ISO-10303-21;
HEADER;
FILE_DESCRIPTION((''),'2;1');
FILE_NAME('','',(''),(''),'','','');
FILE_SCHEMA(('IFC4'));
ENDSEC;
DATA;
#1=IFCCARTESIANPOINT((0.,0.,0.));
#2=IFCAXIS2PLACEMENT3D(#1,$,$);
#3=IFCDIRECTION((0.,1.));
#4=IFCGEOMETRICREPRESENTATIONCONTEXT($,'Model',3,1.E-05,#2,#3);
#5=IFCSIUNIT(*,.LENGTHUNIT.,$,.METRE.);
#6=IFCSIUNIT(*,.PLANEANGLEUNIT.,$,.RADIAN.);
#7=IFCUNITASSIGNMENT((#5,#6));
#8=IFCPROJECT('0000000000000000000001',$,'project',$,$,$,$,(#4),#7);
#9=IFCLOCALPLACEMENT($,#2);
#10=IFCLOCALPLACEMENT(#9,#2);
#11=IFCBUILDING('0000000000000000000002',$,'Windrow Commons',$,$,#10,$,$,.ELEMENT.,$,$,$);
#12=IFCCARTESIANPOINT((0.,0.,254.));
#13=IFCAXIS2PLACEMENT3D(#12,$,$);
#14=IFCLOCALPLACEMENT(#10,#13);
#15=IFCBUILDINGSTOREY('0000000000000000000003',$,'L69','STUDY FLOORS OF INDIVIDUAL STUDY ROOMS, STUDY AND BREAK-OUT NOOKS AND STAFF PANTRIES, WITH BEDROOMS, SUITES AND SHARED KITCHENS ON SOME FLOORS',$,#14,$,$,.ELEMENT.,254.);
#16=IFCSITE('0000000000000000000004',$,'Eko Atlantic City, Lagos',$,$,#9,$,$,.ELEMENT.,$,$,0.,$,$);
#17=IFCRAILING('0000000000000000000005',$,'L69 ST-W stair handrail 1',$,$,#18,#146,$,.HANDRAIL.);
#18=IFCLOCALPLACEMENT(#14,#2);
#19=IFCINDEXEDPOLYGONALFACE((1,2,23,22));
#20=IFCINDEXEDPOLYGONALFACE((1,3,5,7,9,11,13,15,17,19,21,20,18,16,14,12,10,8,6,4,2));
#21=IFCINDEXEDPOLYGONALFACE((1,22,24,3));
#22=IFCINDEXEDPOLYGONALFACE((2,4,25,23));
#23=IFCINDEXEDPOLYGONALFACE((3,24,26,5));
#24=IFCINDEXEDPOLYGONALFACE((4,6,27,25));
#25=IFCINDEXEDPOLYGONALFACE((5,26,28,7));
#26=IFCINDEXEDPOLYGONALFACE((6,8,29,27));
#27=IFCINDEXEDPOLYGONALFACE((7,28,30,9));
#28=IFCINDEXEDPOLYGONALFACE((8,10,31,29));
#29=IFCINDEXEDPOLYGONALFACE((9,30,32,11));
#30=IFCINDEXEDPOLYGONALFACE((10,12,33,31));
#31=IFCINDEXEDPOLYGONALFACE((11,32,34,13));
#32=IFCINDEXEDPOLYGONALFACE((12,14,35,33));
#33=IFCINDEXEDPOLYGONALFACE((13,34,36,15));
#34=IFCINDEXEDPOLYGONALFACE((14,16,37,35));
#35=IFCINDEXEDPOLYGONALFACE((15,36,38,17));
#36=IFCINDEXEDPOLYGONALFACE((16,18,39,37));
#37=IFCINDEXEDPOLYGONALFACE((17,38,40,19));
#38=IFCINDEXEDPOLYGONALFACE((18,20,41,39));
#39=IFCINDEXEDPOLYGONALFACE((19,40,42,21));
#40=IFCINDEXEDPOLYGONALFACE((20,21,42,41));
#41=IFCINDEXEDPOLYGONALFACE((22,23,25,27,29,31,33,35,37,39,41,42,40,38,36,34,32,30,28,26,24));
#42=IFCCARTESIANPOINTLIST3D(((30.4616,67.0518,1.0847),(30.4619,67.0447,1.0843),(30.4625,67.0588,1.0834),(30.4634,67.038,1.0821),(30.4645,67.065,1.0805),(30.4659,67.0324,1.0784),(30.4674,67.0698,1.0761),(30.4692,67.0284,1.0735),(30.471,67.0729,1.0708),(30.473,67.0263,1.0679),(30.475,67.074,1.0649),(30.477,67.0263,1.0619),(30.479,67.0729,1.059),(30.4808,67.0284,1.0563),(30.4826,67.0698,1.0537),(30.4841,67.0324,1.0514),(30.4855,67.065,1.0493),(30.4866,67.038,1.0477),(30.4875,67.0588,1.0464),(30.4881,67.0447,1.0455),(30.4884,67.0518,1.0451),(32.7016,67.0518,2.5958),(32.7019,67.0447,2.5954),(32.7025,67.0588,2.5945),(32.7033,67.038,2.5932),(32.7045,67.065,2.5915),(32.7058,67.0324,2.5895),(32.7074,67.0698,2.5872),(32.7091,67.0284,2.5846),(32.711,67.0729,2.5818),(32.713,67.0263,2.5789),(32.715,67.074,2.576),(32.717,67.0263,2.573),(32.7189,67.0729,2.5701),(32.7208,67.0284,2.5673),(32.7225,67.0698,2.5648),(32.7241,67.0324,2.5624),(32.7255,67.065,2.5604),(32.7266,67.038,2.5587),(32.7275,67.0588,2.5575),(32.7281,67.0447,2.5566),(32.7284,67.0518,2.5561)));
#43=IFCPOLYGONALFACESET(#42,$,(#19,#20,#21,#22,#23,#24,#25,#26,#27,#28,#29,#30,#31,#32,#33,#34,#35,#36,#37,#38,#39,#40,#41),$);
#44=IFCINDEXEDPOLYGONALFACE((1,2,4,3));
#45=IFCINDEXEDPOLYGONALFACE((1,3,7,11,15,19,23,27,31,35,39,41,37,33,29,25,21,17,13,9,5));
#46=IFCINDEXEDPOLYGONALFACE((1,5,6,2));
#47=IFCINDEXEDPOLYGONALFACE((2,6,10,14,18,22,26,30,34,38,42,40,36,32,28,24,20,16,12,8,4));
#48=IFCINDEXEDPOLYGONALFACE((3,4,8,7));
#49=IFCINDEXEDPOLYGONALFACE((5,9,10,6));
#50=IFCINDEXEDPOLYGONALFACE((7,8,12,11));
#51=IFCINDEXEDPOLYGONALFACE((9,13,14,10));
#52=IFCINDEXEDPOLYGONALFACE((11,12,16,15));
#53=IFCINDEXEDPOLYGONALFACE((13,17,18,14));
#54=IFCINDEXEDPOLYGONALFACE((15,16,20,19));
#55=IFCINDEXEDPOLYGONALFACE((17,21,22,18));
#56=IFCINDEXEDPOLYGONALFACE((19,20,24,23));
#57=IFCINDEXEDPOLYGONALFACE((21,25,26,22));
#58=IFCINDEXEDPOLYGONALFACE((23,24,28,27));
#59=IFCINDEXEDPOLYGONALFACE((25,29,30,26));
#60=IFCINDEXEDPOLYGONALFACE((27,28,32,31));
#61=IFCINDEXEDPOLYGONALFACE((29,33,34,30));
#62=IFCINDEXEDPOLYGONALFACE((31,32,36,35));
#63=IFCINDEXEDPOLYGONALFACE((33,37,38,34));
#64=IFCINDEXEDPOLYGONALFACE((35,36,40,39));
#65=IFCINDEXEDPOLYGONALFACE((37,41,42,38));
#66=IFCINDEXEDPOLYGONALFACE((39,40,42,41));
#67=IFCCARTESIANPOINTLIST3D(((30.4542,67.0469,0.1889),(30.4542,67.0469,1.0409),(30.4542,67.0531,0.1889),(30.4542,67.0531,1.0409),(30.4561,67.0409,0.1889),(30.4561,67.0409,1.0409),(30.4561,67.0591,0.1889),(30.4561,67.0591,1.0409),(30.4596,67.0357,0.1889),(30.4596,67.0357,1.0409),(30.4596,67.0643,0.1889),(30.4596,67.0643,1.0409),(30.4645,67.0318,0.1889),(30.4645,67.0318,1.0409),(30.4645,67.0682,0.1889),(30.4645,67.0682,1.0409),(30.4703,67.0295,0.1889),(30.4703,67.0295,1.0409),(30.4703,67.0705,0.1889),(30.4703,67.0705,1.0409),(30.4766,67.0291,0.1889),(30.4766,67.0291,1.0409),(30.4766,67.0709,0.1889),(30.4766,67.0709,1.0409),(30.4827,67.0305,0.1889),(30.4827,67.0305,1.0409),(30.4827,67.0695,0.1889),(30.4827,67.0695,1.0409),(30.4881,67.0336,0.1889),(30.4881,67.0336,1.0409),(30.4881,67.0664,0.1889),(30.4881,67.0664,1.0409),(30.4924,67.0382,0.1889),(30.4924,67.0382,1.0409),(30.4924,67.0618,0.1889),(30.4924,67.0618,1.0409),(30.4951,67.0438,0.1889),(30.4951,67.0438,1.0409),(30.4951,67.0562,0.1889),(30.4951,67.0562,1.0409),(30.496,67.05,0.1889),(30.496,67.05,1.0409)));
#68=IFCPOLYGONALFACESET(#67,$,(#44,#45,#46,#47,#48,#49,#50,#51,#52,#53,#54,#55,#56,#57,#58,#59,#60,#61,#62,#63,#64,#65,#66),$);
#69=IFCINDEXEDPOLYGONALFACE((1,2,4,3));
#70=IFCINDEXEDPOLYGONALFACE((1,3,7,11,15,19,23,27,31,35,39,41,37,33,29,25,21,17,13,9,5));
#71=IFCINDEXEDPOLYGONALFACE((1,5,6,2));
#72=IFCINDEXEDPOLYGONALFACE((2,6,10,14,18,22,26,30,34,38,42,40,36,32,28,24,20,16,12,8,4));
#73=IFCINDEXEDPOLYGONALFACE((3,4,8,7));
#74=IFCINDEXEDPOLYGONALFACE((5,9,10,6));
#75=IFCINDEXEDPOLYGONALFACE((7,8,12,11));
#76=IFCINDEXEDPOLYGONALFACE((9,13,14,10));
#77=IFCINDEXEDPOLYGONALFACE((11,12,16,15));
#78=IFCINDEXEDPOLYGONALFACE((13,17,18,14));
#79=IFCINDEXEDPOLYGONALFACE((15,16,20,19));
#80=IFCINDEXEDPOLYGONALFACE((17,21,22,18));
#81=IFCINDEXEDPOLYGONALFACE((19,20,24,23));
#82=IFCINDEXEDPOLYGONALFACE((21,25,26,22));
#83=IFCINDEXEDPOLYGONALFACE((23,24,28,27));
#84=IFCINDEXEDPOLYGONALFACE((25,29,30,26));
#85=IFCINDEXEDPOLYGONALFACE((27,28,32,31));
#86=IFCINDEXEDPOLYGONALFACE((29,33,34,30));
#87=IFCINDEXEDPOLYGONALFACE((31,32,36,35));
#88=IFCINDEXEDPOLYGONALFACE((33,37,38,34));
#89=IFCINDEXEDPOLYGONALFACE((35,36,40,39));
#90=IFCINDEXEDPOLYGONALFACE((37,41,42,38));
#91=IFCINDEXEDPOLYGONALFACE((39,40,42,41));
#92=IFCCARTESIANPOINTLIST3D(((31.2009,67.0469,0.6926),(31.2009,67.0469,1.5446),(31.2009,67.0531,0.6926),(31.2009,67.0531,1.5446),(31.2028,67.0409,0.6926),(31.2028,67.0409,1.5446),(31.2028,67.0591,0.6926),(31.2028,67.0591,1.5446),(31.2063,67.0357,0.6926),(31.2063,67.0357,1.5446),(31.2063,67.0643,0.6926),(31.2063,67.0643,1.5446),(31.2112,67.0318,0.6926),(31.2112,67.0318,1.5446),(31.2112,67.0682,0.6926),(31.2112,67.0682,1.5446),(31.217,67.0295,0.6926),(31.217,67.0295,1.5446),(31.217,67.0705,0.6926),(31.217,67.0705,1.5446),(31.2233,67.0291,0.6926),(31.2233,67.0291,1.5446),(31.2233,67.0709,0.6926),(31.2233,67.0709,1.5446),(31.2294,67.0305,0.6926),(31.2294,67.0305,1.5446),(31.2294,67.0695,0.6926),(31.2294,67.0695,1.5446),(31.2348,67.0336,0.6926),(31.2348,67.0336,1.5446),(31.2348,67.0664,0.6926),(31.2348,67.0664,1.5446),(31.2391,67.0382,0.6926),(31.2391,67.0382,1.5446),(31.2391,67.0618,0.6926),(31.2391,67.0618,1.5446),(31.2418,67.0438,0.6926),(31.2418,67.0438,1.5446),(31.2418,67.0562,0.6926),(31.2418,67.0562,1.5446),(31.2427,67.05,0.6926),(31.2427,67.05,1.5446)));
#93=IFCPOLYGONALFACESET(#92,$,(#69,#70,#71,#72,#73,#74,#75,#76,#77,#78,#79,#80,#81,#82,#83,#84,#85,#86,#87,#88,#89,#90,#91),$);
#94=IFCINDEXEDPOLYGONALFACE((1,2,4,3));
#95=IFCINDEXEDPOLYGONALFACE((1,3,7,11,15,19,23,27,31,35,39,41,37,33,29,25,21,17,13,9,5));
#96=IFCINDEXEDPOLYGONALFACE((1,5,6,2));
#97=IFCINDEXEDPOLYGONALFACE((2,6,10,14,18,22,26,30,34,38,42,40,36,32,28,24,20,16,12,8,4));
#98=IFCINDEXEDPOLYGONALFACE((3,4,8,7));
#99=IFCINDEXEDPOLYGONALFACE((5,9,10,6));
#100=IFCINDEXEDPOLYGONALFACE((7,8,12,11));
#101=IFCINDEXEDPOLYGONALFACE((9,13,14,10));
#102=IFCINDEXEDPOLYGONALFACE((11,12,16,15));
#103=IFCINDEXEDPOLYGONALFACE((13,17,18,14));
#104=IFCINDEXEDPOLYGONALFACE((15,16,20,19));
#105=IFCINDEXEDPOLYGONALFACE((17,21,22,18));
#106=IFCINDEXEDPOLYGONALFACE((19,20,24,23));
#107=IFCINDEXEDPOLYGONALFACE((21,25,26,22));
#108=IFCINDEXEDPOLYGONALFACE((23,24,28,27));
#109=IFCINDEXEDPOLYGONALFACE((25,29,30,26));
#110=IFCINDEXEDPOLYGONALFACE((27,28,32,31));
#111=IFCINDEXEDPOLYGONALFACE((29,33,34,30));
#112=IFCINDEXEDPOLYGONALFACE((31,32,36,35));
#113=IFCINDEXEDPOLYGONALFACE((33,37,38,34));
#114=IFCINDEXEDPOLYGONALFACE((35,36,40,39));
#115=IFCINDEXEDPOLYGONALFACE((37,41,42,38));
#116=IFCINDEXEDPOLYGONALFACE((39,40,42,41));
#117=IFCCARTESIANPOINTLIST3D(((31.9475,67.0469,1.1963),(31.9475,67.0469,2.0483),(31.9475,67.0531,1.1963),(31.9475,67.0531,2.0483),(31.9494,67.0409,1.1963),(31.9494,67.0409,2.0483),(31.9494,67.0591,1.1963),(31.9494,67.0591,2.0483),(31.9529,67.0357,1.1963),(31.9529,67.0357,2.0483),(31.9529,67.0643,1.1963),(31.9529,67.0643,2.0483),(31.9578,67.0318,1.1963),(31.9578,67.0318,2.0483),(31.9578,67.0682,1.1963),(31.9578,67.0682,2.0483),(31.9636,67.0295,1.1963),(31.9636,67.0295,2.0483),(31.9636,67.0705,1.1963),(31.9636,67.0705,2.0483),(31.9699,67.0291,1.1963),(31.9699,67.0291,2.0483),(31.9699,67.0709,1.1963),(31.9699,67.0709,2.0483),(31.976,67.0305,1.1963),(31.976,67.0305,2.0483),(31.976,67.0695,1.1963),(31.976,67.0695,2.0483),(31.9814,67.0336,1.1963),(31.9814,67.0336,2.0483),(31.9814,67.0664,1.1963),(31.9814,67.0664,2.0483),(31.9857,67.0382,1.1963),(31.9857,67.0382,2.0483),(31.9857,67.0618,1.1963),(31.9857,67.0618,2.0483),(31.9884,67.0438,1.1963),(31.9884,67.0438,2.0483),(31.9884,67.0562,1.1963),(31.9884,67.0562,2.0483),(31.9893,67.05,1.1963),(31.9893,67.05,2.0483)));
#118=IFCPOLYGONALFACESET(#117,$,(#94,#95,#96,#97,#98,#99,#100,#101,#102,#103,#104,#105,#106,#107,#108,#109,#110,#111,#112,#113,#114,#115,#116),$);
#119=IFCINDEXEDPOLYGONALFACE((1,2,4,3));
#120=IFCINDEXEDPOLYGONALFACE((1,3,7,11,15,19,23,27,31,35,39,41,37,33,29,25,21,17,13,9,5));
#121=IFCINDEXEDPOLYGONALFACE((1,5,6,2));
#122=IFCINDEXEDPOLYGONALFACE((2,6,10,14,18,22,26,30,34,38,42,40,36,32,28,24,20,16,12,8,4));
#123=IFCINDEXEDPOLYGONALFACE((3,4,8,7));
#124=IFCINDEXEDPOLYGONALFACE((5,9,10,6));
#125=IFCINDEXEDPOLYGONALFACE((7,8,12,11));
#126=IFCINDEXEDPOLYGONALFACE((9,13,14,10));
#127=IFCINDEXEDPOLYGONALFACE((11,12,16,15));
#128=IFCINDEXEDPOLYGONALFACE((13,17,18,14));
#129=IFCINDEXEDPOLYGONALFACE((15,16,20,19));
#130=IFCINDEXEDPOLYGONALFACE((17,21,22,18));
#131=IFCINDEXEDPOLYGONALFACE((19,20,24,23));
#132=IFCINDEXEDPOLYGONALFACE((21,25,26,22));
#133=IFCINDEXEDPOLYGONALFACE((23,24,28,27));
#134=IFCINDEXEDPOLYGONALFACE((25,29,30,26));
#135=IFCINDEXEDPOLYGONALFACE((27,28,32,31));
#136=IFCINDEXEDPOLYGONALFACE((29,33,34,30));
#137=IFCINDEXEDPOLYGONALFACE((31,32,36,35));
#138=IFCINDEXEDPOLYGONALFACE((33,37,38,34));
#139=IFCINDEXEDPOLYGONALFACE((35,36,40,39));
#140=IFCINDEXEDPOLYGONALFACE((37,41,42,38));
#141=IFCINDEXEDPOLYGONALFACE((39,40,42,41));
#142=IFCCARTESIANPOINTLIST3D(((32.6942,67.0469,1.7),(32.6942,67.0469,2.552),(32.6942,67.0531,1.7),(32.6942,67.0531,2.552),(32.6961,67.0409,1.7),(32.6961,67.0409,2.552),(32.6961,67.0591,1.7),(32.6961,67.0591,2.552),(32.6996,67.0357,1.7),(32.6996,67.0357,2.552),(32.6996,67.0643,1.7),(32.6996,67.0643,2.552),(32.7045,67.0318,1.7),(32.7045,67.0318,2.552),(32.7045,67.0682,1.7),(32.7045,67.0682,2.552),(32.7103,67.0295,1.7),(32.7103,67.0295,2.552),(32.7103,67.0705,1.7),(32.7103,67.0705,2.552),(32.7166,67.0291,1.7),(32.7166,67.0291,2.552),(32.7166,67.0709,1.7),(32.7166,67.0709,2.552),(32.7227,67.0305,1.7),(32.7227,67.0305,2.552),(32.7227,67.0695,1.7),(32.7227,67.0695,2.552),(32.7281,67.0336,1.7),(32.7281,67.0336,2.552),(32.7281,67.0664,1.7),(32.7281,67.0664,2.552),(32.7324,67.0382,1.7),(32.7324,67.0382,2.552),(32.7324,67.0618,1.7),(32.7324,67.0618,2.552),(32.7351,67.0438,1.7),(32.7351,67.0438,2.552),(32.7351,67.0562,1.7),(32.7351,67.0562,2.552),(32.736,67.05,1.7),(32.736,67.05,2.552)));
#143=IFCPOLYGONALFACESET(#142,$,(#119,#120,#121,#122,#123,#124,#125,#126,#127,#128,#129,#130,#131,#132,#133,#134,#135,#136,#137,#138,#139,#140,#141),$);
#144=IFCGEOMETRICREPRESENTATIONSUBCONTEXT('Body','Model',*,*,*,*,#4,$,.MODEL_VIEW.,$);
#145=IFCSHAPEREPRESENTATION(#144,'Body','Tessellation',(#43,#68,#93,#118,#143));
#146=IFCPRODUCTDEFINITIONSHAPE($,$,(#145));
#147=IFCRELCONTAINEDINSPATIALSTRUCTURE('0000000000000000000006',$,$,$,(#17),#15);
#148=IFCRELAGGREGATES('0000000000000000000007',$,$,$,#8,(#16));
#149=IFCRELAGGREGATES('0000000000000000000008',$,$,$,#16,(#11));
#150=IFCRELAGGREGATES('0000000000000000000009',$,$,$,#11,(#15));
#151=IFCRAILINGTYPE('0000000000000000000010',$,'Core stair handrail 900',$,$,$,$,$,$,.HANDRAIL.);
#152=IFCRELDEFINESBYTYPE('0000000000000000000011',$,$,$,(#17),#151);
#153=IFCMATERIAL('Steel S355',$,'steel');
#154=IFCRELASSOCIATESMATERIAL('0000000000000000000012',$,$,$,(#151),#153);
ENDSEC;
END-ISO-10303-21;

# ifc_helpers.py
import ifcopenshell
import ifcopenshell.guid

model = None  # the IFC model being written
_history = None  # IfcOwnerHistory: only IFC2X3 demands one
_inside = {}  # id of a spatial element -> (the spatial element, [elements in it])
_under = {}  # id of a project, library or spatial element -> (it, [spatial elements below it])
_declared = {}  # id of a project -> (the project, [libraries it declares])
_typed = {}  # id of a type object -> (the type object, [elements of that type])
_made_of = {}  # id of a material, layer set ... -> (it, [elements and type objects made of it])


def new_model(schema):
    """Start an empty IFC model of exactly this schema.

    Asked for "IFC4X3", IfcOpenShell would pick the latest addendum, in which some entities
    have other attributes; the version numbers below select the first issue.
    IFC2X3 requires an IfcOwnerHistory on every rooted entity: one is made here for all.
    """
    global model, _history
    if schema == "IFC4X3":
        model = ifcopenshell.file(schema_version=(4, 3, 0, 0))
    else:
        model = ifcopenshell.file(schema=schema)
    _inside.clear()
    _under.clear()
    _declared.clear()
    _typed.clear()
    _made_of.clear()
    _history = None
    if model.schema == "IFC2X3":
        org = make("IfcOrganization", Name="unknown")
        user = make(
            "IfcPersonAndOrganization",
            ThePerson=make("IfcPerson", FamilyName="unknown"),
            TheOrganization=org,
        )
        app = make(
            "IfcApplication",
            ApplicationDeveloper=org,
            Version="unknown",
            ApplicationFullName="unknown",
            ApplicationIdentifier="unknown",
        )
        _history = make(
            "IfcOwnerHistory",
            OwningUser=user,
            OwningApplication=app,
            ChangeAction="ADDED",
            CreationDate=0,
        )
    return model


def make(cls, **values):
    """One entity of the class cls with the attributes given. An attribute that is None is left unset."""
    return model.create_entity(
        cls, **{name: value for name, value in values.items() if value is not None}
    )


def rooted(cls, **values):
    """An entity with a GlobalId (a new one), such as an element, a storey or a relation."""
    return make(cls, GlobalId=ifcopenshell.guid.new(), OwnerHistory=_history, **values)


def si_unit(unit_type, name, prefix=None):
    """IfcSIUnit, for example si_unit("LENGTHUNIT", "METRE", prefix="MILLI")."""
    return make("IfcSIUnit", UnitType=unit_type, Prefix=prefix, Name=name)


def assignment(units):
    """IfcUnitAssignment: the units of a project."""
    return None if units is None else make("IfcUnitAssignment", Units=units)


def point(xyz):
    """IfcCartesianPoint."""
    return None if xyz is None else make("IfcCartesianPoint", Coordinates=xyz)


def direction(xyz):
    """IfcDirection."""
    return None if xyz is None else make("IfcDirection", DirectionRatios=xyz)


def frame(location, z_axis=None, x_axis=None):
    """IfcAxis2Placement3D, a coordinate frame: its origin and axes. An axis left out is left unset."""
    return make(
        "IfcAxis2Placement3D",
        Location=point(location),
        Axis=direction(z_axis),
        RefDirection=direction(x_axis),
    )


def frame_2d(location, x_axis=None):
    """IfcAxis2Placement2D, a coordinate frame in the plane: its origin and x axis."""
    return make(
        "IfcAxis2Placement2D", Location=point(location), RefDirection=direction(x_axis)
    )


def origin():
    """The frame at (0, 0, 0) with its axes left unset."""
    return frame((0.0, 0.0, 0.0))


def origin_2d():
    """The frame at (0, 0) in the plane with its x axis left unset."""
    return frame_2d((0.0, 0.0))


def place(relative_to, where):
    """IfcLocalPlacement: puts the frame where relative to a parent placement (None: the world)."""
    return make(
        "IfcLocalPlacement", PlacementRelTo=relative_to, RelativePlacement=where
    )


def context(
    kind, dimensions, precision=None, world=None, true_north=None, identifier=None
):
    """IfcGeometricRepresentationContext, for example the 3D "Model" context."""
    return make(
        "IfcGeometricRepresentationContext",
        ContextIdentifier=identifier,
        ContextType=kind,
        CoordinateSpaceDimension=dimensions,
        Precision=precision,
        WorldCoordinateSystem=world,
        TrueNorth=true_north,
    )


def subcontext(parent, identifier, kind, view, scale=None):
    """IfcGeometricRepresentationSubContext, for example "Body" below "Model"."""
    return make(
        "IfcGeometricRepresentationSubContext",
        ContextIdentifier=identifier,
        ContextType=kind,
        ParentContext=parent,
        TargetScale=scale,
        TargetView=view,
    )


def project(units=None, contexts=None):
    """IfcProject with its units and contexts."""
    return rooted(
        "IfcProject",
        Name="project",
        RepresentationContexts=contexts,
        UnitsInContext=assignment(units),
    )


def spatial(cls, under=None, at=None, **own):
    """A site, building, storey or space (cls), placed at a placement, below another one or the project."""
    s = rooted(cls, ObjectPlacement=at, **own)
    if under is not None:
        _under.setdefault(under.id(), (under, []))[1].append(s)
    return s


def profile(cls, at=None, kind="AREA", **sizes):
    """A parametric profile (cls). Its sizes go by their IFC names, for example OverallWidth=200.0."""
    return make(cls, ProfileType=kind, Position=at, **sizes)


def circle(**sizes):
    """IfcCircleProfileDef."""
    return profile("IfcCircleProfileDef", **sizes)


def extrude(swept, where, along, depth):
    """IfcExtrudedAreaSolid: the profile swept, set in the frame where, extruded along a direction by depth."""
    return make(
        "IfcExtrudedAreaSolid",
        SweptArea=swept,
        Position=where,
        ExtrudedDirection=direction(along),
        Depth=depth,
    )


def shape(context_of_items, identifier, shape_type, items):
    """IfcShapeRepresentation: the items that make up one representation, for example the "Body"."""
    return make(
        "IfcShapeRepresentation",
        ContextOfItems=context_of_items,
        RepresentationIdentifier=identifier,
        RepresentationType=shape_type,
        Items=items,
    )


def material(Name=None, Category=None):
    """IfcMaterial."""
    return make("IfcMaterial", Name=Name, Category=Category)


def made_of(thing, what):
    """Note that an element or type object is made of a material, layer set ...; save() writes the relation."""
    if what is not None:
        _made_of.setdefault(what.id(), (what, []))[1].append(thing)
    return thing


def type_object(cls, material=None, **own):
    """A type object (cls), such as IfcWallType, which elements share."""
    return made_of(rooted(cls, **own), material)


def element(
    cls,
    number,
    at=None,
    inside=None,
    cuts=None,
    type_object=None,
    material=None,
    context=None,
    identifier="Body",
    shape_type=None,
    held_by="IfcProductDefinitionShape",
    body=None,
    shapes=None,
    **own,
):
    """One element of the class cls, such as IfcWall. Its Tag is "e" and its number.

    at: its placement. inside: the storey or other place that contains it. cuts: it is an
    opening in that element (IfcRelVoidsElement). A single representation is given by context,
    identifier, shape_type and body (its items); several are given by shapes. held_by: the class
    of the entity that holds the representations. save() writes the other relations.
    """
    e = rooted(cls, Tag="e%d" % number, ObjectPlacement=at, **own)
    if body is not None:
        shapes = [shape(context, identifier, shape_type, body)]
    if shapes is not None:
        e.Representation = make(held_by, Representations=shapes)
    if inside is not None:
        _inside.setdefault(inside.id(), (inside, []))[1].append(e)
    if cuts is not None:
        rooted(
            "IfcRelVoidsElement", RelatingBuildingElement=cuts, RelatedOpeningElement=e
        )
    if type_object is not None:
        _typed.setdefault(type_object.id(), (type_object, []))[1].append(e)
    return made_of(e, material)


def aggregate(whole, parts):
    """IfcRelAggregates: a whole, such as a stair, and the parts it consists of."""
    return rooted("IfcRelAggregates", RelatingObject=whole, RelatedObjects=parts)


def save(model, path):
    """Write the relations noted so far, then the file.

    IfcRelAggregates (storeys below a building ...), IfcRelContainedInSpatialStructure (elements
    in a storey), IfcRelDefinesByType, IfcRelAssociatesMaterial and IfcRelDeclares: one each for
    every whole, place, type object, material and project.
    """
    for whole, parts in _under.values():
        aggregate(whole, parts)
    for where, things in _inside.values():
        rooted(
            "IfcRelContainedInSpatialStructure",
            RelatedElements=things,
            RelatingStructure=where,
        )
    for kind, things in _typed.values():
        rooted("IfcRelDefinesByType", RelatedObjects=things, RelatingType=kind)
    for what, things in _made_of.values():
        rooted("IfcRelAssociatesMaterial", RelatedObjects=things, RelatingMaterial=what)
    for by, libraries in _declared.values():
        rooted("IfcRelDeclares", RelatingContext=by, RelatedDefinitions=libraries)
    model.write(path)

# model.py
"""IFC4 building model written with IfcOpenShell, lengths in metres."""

from ifc_helpers import new_model, si_unit, direction, frame, origin, origin_2d, place, context, subcontext, project, spatial, circle, extrude, material, type_object, element, save


model = new_model("IFC4")

# Units and contexts
model_context = context("Model", 3, precision=1e-05, world=origin(), true_north=direction((0.0, 1.0)))
body_context = subcontext(model_context, "Body", "Model", "MODEL_VIEW")
ifc_project = project(units=[si_unit("LENGTHUNIT", "METRE"), si_unit("PLANEANGLEUNIT", "RADIAN")], contexts=[model_context])

# Site, building, storey
site_placement = place(None, origin())
site = spatial("IfcSite", under=ifc_project, at=site_placement, Name="Eko Atlantic City, Lagos", CompositionType="ELEMENT", RefElevation=0.0)
building_placement = place(site_placement, origin())
building = spatial("IfcBuilding", under=site, at=building_placement, Name="Windrow Commons", CompositionType="ELEMENT")
storey_placement = place(building_placement, frame((0.0, 0.0, 254.0)))
storey = spatial("IfcBuildingStorey", under=building, at=storey_placement, Name="L69", Description="STUDY FLOORS OF INDIVIDUAL STUDY ROOMS, STUDY AND BREAK-OUT NOOKS AND STAFF PANTRIES, WITH BEDROOMS, SUITES AND SHARED KITCHENS ON SOME FLOORS", CompositionType="ELEMENT", Elevation=254.0)

# Railing
ifc_material_1 = material(Name="Steel S355", Category="steel")
railing_type_1 = type_object("IfcRailingType", Name="Core stair handrail 900", PredefinedType="HANDRAIL", material=ifc_material_1)
railing_1_placement = place(storey_placement, frame((30.475, 67.05, 0.1889)))
element("IfcRailing", 1, at=railing_1_placement, inside=storey, type_object=railing_type_1, Name="L69 ST-W stair handrail 1", PredefinedType="HANDRAIL", context=body_context, shape_type="SweptSolid", body=[
    extrude(circle(Radius=0.024, at=origin_2d()), frame((0.0, 0.0, 0.876), z_axis=(0.829003, 0.0, 0.559244), x_axis=(0.0, 1.0, 0.0)), (0.0, 0.0, 1.0), 2.702),
    extrude(circle(Radius=0.021, at=origin_2d()), origin(), (0.0, 0.0, 1.0), 0.852),
    extrude(circle(Radius=0.021, at=origin_2d()), frame((0.7467, 0.0, 0.5037)), (0.0, 0.0, 1.0), 0.852),
    extrude(circle(Radius=0.021, at=origin_2d()), frame((1.4933, 0.0, 1.0074)), (0.0, 0.0, 1.0), 0.852),
    extrude(circle(Radius=0.021, at=origin_2d()), frame((2.24, 0.0, 1.5111)), (0.0, 0.0, 1.0), 0.852),
])

save(model, "model.ifc")
